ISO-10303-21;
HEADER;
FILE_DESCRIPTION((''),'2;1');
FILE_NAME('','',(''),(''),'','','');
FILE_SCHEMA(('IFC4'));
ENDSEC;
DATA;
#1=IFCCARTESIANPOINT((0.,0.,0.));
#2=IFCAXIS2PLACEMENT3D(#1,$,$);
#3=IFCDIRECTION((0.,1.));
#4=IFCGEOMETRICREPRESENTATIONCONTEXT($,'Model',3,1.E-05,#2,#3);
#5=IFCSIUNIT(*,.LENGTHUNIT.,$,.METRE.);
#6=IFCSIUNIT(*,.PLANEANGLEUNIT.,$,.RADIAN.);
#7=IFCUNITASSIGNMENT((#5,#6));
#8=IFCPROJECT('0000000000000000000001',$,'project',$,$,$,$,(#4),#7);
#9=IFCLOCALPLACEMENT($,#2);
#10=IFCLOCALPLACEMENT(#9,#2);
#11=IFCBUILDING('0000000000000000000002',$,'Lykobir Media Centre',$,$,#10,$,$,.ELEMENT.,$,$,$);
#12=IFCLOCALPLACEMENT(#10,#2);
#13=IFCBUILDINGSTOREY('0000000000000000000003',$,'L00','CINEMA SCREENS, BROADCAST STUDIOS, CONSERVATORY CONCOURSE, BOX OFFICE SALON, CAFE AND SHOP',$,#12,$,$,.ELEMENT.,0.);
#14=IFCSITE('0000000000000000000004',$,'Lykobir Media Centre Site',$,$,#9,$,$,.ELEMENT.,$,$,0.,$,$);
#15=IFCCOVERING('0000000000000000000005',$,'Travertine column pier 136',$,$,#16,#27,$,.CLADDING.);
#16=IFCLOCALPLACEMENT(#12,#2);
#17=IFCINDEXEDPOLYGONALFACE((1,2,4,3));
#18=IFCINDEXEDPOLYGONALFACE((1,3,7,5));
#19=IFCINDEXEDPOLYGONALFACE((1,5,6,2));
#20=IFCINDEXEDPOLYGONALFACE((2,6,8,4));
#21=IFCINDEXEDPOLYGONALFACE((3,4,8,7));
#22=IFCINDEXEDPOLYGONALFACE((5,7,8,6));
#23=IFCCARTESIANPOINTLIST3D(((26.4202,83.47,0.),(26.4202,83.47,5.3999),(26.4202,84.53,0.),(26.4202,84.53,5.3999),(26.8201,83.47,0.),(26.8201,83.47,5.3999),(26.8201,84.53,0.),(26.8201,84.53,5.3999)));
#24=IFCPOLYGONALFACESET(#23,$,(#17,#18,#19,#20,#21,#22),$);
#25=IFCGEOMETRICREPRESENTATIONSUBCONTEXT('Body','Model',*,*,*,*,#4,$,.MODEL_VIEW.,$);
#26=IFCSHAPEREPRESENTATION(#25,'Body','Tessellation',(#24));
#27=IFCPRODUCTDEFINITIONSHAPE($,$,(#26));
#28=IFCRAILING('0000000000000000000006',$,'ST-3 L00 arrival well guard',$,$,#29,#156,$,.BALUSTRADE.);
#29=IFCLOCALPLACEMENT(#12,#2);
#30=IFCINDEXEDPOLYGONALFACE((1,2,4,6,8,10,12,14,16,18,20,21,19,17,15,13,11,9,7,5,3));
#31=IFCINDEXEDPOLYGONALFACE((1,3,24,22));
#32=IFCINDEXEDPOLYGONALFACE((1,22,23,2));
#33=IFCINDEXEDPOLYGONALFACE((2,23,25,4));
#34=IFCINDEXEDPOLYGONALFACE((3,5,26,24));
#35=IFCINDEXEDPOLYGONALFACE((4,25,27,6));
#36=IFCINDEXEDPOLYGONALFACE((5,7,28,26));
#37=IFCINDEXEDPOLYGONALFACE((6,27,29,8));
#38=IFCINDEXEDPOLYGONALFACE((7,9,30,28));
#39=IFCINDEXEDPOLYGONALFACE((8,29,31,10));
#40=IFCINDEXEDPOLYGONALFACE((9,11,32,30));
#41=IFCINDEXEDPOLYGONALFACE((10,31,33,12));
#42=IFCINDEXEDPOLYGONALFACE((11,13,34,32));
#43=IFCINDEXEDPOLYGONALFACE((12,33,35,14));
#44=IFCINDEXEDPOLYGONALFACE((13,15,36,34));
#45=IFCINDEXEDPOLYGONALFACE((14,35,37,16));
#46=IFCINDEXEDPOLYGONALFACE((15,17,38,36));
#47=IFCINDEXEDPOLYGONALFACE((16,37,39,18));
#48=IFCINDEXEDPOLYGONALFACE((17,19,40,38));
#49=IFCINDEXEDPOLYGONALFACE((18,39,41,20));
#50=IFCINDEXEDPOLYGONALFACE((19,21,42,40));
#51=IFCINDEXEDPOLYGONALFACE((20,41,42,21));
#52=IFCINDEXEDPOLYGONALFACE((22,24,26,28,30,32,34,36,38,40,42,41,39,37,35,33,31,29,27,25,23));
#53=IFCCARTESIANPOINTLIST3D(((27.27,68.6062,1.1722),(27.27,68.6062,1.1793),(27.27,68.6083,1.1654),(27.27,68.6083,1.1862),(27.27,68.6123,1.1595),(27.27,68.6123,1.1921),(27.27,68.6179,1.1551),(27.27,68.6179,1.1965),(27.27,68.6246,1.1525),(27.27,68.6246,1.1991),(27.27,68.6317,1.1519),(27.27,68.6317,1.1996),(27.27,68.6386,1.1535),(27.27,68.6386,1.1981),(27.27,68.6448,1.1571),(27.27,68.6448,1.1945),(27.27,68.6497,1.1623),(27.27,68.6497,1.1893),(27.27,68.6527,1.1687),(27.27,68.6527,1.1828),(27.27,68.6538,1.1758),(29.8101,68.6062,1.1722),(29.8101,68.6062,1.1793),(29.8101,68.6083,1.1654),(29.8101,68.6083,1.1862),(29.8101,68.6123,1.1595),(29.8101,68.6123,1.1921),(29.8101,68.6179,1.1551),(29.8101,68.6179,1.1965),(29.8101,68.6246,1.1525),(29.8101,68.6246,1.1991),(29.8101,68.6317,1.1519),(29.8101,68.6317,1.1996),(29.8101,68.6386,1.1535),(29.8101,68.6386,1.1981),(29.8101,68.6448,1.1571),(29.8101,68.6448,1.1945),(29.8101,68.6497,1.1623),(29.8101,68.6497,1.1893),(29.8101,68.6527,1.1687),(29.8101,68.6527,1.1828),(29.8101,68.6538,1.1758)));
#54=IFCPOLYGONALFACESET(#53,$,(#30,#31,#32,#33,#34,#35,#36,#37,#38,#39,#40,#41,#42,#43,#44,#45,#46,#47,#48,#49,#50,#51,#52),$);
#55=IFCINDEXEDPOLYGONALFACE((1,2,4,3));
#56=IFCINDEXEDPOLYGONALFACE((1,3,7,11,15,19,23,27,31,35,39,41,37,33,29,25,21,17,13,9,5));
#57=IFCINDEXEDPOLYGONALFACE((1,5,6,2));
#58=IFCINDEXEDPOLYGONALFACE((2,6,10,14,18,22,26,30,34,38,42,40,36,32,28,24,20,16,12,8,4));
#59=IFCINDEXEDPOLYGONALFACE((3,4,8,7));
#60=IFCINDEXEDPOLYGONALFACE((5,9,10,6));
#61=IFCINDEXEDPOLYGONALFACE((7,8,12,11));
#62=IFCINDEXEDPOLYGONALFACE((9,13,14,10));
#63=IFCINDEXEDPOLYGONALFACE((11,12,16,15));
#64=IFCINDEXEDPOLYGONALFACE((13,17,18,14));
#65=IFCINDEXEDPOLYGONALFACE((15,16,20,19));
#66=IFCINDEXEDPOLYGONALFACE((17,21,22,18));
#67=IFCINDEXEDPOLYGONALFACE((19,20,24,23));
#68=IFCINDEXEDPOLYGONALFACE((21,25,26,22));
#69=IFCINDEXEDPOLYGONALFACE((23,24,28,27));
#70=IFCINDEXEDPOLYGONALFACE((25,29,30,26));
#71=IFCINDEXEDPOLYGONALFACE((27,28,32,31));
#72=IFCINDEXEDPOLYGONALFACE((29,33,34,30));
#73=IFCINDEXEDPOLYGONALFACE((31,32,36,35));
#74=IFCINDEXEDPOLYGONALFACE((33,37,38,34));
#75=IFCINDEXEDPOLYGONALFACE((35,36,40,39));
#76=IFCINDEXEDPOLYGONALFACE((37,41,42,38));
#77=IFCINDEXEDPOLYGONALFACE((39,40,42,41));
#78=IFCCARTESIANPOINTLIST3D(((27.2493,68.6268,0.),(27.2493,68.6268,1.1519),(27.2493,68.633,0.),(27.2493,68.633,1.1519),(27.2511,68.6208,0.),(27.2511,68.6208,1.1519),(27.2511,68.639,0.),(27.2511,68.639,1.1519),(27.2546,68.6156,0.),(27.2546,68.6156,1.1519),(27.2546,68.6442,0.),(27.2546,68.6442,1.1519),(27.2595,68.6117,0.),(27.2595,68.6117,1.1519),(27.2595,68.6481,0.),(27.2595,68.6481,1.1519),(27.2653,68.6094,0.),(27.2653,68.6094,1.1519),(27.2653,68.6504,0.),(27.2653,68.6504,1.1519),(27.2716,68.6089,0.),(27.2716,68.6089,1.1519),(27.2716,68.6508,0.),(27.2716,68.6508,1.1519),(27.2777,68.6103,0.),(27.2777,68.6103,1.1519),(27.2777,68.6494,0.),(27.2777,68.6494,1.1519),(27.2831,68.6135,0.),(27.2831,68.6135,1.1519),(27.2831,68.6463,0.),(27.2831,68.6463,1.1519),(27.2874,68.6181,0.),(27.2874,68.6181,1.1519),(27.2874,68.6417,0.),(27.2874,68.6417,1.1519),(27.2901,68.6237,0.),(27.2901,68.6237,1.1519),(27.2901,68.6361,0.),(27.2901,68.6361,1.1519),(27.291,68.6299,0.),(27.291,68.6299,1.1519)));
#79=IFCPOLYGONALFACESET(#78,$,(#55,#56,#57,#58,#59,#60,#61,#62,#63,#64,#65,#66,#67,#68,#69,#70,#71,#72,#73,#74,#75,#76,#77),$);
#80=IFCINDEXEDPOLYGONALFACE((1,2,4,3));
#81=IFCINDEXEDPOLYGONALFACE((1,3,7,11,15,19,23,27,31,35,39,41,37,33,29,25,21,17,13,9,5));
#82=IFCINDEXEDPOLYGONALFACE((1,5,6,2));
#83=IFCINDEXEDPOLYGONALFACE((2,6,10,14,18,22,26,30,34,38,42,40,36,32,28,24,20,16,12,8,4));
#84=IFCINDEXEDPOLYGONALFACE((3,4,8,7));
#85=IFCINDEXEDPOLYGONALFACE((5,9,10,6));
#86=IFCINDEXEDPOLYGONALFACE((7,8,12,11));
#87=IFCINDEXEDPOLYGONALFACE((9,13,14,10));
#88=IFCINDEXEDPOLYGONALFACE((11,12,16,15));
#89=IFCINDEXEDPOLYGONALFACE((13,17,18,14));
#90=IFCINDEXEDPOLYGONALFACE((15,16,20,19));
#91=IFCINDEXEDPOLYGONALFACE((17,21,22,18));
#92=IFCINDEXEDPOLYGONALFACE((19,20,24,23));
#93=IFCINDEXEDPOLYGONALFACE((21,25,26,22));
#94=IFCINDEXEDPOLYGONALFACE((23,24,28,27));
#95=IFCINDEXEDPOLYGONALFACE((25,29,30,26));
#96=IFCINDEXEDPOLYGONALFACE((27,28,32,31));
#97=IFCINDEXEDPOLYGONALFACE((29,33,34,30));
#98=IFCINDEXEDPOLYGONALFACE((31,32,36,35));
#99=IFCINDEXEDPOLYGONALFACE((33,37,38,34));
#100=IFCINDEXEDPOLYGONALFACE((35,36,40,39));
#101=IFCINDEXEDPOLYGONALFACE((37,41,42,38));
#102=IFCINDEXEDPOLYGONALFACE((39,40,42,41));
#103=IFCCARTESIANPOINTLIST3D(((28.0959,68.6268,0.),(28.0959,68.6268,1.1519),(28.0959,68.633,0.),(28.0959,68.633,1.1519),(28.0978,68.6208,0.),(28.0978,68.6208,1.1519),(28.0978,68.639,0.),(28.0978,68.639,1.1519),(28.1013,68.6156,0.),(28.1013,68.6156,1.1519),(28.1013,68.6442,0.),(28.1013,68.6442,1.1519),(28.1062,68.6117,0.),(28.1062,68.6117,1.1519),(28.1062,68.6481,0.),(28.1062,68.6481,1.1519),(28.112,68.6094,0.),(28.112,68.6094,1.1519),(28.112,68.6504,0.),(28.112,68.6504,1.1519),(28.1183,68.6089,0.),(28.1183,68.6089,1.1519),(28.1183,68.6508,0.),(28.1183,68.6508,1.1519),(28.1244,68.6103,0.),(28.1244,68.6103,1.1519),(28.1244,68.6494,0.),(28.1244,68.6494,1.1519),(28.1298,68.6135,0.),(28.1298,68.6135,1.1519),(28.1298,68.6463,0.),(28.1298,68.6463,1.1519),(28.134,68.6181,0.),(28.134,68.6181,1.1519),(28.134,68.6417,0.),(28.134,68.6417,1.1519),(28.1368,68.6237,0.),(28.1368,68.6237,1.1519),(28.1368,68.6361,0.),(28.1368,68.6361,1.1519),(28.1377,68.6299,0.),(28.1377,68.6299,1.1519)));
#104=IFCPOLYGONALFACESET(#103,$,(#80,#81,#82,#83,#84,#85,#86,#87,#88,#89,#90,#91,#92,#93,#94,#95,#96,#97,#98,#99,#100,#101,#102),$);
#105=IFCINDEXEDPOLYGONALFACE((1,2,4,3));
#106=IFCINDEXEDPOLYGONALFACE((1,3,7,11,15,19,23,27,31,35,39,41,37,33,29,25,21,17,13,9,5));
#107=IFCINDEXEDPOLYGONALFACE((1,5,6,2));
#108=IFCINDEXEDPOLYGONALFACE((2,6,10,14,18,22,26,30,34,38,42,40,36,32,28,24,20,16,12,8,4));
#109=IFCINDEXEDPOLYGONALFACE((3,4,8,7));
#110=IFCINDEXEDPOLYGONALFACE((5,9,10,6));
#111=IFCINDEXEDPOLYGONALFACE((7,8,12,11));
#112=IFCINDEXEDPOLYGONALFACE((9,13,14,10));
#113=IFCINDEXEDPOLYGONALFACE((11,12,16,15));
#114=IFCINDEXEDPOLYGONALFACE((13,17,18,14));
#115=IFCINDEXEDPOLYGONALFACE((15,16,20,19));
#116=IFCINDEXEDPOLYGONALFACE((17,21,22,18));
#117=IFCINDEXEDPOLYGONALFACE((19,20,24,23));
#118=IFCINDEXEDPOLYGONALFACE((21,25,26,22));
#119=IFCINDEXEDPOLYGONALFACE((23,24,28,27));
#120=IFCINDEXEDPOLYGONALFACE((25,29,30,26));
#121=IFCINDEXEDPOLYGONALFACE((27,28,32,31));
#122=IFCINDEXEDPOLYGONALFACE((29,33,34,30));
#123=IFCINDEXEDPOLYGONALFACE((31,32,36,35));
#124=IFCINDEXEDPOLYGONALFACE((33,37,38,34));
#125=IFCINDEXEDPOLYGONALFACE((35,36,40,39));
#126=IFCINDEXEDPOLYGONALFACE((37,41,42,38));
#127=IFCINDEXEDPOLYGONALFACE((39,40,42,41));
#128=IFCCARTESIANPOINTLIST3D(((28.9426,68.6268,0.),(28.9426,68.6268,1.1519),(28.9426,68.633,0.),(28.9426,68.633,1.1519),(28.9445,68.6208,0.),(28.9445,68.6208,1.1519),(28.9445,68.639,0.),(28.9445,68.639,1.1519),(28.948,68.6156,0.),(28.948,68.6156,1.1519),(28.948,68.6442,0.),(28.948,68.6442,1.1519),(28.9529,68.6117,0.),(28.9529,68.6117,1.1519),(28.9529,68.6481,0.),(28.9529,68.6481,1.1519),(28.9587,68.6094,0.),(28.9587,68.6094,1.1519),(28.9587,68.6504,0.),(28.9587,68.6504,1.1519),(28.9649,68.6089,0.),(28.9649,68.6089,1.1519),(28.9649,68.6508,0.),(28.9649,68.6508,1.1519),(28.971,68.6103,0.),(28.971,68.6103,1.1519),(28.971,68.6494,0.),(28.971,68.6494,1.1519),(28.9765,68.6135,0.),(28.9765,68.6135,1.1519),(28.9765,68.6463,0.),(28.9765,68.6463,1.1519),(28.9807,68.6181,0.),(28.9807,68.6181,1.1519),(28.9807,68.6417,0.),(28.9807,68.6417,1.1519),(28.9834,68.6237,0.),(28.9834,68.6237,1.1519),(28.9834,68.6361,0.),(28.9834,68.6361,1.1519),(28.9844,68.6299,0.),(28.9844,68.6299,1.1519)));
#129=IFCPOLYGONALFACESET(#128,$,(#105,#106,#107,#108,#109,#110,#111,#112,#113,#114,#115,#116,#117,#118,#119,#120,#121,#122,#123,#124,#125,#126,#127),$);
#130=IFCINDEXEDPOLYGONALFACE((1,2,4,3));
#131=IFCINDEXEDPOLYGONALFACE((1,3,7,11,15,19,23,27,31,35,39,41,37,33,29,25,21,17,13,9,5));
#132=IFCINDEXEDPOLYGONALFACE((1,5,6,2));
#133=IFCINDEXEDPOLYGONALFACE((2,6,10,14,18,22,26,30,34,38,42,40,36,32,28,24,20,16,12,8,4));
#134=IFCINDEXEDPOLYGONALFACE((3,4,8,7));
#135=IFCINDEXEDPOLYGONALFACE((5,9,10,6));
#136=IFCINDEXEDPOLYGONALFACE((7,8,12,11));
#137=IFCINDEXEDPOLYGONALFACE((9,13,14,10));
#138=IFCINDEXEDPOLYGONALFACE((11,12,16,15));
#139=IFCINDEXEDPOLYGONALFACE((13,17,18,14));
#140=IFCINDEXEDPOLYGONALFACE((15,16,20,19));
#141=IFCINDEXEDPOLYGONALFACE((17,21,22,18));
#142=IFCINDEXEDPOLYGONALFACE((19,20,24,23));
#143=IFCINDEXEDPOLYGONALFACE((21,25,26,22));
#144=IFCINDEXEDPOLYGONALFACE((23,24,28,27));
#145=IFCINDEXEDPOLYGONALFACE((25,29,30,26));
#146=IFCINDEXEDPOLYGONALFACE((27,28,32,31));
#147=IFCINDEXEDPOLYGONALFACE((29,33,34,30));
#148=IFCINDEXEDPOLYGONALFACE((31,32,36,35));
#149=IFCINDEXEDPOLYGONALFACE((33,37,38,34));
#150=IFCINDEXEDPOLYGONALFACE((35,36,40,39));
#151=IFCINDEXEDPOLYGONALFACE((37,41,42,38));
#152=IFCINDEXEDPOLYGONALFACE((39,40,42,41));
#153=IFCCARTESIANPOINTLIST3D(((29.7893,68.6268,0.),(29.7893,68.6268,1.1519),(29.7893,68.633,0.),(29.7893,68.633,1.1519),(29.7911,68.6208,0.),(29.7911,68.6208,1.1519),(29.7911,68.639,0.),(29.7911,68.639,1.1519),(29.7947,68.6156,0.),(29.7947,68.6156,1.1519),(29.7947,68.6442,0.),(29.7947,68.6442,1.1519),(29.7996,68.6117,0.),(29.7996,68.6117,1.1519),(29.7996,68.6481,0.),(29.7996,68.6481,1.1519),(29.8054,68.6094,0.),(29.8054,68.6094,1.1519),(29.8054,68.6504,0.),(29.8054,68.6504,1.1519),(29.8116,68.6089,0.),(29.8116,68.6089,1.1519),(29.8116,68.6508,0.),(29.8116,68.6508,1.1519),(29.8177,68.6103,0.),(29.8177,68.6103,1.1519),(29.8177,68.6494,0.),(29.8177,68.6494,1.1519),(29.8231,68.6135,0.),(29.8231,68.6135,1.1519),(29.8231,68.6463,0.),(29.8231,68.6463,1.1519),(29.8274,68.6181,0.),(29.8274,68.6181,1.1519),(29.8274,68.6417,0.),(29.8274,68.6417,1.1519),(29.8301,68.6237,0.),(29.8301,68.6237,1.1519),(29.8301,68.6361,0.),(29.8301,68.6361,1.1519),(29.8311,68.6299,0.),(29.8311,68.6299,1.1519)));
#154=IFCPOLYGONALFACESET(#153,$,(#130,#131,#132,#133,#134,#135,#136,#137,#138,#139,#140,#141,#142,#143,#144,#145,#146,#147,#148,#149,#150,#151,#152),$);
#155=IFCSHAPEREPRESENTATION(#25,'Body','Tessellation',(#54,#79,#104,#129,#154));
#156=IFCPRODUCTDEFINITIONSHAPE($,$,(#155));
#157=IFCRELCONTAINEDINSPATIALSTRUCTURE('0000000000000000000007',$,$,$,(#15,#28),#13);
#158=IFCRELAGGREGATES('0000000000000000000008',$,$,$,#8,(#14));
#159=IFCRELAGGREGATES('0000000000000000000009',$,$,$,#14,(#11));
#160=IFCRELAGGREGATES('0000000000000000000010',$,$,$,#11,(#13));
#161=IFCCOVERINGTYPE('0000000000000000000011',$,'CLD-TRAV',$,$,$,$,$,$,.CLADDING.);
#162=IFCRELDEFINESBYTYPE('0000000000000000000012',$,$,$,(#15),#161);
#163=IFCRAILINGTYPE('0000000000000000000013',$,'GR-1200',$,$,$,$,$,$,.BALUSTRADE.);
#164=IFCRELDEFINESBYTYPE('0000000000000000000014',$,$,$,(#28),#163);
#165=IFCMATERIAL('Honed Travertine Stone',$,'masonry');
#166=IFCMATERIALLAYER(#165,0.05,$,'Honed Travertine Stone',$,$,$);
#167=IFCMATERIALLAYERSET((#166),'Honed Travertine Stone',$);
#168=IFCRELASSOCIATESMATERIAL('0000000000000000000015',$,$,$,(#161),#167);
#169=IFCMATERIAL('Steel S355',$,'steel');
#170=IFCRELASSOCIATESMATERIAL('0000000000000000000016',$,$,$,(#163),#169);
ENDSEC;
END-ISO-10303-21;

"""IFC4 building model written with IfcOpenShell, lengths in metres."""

from ifc_helpers import new_model, si_unit, direction, frame, origin, origin_2d, place, context, subcontext, project, spatial, rectangle, circle, extrude, material, layer, layer_set, type_object, element, save


model = new_model("IFC4")

# Units and contexts
model_context = context("Model", 3, precision=1e-05, world=origin(), true_north=direction((0.0, 1.0)))
body_context = subcontext(model_context, "Body", "Model", "MODEL_VIEW")
ifc_project = project(units=[si_unit("LENGTHUNIT", "METRE"), si_unit("PLANEANGLEUNIT", "RADIAN")], contexts=[model_context])

# Site, building, storey
site_placement = place(None, origin())
site = spatial("IfcSite", under=ifc_project, at=site_placement, Name="Lykobir Media Centre Site", CompositionType="ELEMENT", RefElevation=0.0)
building_placement = place(site_placement, origin())
building = spatial("IfcBuilding", under=site, at=building_placement, Name="Lykobir Media Centre", CompositionType="ELEMENT")
storey_placement = place(building_placement, origin())
storey = spatial("IfcBuildingStorey", under=building, at=storey_placement, Name="L00", Description="CINEMA SCREENS, BROADCAST STUDIOS, CONSERVATORY CONCOURSE, BOX OFFICE SALON, CAFE AND SHOP", CompositionType="ELEMENT", Elevation=0.0)

# Shared definitions
ifc_material_1 = material(Name="Steel S355", Category="steel")

# Shared definitions
ifc_material_2 = material(Name="Honed Travertine Stone", Category="masonry")

# Covering
ifc_layer_1 = layer(ifc_material_2, 0.05, Name="Honed Travertine Stone")
ifc_layer_set_1 = layer_set([ifc_layer_1], Name="Honed Travertine Stone")
covering_type = type_object("IfcCoveringType", Name="CLD-TRAV", PredefinedType="CLADDING", material=ifc_layer_set_1)
covering_placement = place(storey_placement, frame((26.6201, 84.0, 0.0), z_axis=(0.0, 0.0, 1.0), x_axis=(0.0, -1.0, 0.0)))
element("IfcCovering", 1, at=covering_placement, inside=storey, type_object=covering_type, Name="Travertine column pier 136", PredefinedType="CLADDING", context=body_context, shape_type="SweptSolid", body=[
    extrude(rectangle(XDim=1.0601, YDim=0.3999, at=origin_2d()), origin(), (0.0, 0.0, 1.0), 5.3999),
])

# Railing
railing_type_1 = type_object("IfcRailingType", Name="GR-1200", PredefinedType="BALUSTRADE", material=ifc_material_1)
railing_1_placement = place(storey_placement, frame((27.27, 68.6299, 0.0)))
element("IfcRailing", 2, at=railing_1_placement, inside=storey, type_object=railing_type_1, Name="ST-3 L00 arrival well guard", PredefinedType="BALUSTRADE", context=body_context, shape_type="SweptSolid", body=[
    extrude(circle(Radius=0.0239, at=origin_2d()), frame((0.0, 0.0, 1.1758), z_axis=(1.0, 0.0, 0.0), x_axis=(0.0, 1.0, 0.0)), (0.0, 0.0, 1.0), 2.54),
    extrude(circle(Radius=0.021, at=origin_2d()), origin(), (0.0, 0.0, 1.0), 1.1519),
    extrude(circle(Radius=0.021, at=origin_2d()), frame((0.8467, 0.0, 0.0)), (0.0, 0.0, 1.0), 1.1519),
    extrude(circle(Radius=0.021, at=origin_2d()), frame((1.6934, 0.0, 0.0)), (0.0, 0.0, 1.0), 1.1519),
    extrude(circle(Radius=0.021, at=origin_2d()), frame((2.54, 0.0, 0.0)), (0.0, 0.0, 1.0), 1.1519),
])

save(model, "model.ifc")
